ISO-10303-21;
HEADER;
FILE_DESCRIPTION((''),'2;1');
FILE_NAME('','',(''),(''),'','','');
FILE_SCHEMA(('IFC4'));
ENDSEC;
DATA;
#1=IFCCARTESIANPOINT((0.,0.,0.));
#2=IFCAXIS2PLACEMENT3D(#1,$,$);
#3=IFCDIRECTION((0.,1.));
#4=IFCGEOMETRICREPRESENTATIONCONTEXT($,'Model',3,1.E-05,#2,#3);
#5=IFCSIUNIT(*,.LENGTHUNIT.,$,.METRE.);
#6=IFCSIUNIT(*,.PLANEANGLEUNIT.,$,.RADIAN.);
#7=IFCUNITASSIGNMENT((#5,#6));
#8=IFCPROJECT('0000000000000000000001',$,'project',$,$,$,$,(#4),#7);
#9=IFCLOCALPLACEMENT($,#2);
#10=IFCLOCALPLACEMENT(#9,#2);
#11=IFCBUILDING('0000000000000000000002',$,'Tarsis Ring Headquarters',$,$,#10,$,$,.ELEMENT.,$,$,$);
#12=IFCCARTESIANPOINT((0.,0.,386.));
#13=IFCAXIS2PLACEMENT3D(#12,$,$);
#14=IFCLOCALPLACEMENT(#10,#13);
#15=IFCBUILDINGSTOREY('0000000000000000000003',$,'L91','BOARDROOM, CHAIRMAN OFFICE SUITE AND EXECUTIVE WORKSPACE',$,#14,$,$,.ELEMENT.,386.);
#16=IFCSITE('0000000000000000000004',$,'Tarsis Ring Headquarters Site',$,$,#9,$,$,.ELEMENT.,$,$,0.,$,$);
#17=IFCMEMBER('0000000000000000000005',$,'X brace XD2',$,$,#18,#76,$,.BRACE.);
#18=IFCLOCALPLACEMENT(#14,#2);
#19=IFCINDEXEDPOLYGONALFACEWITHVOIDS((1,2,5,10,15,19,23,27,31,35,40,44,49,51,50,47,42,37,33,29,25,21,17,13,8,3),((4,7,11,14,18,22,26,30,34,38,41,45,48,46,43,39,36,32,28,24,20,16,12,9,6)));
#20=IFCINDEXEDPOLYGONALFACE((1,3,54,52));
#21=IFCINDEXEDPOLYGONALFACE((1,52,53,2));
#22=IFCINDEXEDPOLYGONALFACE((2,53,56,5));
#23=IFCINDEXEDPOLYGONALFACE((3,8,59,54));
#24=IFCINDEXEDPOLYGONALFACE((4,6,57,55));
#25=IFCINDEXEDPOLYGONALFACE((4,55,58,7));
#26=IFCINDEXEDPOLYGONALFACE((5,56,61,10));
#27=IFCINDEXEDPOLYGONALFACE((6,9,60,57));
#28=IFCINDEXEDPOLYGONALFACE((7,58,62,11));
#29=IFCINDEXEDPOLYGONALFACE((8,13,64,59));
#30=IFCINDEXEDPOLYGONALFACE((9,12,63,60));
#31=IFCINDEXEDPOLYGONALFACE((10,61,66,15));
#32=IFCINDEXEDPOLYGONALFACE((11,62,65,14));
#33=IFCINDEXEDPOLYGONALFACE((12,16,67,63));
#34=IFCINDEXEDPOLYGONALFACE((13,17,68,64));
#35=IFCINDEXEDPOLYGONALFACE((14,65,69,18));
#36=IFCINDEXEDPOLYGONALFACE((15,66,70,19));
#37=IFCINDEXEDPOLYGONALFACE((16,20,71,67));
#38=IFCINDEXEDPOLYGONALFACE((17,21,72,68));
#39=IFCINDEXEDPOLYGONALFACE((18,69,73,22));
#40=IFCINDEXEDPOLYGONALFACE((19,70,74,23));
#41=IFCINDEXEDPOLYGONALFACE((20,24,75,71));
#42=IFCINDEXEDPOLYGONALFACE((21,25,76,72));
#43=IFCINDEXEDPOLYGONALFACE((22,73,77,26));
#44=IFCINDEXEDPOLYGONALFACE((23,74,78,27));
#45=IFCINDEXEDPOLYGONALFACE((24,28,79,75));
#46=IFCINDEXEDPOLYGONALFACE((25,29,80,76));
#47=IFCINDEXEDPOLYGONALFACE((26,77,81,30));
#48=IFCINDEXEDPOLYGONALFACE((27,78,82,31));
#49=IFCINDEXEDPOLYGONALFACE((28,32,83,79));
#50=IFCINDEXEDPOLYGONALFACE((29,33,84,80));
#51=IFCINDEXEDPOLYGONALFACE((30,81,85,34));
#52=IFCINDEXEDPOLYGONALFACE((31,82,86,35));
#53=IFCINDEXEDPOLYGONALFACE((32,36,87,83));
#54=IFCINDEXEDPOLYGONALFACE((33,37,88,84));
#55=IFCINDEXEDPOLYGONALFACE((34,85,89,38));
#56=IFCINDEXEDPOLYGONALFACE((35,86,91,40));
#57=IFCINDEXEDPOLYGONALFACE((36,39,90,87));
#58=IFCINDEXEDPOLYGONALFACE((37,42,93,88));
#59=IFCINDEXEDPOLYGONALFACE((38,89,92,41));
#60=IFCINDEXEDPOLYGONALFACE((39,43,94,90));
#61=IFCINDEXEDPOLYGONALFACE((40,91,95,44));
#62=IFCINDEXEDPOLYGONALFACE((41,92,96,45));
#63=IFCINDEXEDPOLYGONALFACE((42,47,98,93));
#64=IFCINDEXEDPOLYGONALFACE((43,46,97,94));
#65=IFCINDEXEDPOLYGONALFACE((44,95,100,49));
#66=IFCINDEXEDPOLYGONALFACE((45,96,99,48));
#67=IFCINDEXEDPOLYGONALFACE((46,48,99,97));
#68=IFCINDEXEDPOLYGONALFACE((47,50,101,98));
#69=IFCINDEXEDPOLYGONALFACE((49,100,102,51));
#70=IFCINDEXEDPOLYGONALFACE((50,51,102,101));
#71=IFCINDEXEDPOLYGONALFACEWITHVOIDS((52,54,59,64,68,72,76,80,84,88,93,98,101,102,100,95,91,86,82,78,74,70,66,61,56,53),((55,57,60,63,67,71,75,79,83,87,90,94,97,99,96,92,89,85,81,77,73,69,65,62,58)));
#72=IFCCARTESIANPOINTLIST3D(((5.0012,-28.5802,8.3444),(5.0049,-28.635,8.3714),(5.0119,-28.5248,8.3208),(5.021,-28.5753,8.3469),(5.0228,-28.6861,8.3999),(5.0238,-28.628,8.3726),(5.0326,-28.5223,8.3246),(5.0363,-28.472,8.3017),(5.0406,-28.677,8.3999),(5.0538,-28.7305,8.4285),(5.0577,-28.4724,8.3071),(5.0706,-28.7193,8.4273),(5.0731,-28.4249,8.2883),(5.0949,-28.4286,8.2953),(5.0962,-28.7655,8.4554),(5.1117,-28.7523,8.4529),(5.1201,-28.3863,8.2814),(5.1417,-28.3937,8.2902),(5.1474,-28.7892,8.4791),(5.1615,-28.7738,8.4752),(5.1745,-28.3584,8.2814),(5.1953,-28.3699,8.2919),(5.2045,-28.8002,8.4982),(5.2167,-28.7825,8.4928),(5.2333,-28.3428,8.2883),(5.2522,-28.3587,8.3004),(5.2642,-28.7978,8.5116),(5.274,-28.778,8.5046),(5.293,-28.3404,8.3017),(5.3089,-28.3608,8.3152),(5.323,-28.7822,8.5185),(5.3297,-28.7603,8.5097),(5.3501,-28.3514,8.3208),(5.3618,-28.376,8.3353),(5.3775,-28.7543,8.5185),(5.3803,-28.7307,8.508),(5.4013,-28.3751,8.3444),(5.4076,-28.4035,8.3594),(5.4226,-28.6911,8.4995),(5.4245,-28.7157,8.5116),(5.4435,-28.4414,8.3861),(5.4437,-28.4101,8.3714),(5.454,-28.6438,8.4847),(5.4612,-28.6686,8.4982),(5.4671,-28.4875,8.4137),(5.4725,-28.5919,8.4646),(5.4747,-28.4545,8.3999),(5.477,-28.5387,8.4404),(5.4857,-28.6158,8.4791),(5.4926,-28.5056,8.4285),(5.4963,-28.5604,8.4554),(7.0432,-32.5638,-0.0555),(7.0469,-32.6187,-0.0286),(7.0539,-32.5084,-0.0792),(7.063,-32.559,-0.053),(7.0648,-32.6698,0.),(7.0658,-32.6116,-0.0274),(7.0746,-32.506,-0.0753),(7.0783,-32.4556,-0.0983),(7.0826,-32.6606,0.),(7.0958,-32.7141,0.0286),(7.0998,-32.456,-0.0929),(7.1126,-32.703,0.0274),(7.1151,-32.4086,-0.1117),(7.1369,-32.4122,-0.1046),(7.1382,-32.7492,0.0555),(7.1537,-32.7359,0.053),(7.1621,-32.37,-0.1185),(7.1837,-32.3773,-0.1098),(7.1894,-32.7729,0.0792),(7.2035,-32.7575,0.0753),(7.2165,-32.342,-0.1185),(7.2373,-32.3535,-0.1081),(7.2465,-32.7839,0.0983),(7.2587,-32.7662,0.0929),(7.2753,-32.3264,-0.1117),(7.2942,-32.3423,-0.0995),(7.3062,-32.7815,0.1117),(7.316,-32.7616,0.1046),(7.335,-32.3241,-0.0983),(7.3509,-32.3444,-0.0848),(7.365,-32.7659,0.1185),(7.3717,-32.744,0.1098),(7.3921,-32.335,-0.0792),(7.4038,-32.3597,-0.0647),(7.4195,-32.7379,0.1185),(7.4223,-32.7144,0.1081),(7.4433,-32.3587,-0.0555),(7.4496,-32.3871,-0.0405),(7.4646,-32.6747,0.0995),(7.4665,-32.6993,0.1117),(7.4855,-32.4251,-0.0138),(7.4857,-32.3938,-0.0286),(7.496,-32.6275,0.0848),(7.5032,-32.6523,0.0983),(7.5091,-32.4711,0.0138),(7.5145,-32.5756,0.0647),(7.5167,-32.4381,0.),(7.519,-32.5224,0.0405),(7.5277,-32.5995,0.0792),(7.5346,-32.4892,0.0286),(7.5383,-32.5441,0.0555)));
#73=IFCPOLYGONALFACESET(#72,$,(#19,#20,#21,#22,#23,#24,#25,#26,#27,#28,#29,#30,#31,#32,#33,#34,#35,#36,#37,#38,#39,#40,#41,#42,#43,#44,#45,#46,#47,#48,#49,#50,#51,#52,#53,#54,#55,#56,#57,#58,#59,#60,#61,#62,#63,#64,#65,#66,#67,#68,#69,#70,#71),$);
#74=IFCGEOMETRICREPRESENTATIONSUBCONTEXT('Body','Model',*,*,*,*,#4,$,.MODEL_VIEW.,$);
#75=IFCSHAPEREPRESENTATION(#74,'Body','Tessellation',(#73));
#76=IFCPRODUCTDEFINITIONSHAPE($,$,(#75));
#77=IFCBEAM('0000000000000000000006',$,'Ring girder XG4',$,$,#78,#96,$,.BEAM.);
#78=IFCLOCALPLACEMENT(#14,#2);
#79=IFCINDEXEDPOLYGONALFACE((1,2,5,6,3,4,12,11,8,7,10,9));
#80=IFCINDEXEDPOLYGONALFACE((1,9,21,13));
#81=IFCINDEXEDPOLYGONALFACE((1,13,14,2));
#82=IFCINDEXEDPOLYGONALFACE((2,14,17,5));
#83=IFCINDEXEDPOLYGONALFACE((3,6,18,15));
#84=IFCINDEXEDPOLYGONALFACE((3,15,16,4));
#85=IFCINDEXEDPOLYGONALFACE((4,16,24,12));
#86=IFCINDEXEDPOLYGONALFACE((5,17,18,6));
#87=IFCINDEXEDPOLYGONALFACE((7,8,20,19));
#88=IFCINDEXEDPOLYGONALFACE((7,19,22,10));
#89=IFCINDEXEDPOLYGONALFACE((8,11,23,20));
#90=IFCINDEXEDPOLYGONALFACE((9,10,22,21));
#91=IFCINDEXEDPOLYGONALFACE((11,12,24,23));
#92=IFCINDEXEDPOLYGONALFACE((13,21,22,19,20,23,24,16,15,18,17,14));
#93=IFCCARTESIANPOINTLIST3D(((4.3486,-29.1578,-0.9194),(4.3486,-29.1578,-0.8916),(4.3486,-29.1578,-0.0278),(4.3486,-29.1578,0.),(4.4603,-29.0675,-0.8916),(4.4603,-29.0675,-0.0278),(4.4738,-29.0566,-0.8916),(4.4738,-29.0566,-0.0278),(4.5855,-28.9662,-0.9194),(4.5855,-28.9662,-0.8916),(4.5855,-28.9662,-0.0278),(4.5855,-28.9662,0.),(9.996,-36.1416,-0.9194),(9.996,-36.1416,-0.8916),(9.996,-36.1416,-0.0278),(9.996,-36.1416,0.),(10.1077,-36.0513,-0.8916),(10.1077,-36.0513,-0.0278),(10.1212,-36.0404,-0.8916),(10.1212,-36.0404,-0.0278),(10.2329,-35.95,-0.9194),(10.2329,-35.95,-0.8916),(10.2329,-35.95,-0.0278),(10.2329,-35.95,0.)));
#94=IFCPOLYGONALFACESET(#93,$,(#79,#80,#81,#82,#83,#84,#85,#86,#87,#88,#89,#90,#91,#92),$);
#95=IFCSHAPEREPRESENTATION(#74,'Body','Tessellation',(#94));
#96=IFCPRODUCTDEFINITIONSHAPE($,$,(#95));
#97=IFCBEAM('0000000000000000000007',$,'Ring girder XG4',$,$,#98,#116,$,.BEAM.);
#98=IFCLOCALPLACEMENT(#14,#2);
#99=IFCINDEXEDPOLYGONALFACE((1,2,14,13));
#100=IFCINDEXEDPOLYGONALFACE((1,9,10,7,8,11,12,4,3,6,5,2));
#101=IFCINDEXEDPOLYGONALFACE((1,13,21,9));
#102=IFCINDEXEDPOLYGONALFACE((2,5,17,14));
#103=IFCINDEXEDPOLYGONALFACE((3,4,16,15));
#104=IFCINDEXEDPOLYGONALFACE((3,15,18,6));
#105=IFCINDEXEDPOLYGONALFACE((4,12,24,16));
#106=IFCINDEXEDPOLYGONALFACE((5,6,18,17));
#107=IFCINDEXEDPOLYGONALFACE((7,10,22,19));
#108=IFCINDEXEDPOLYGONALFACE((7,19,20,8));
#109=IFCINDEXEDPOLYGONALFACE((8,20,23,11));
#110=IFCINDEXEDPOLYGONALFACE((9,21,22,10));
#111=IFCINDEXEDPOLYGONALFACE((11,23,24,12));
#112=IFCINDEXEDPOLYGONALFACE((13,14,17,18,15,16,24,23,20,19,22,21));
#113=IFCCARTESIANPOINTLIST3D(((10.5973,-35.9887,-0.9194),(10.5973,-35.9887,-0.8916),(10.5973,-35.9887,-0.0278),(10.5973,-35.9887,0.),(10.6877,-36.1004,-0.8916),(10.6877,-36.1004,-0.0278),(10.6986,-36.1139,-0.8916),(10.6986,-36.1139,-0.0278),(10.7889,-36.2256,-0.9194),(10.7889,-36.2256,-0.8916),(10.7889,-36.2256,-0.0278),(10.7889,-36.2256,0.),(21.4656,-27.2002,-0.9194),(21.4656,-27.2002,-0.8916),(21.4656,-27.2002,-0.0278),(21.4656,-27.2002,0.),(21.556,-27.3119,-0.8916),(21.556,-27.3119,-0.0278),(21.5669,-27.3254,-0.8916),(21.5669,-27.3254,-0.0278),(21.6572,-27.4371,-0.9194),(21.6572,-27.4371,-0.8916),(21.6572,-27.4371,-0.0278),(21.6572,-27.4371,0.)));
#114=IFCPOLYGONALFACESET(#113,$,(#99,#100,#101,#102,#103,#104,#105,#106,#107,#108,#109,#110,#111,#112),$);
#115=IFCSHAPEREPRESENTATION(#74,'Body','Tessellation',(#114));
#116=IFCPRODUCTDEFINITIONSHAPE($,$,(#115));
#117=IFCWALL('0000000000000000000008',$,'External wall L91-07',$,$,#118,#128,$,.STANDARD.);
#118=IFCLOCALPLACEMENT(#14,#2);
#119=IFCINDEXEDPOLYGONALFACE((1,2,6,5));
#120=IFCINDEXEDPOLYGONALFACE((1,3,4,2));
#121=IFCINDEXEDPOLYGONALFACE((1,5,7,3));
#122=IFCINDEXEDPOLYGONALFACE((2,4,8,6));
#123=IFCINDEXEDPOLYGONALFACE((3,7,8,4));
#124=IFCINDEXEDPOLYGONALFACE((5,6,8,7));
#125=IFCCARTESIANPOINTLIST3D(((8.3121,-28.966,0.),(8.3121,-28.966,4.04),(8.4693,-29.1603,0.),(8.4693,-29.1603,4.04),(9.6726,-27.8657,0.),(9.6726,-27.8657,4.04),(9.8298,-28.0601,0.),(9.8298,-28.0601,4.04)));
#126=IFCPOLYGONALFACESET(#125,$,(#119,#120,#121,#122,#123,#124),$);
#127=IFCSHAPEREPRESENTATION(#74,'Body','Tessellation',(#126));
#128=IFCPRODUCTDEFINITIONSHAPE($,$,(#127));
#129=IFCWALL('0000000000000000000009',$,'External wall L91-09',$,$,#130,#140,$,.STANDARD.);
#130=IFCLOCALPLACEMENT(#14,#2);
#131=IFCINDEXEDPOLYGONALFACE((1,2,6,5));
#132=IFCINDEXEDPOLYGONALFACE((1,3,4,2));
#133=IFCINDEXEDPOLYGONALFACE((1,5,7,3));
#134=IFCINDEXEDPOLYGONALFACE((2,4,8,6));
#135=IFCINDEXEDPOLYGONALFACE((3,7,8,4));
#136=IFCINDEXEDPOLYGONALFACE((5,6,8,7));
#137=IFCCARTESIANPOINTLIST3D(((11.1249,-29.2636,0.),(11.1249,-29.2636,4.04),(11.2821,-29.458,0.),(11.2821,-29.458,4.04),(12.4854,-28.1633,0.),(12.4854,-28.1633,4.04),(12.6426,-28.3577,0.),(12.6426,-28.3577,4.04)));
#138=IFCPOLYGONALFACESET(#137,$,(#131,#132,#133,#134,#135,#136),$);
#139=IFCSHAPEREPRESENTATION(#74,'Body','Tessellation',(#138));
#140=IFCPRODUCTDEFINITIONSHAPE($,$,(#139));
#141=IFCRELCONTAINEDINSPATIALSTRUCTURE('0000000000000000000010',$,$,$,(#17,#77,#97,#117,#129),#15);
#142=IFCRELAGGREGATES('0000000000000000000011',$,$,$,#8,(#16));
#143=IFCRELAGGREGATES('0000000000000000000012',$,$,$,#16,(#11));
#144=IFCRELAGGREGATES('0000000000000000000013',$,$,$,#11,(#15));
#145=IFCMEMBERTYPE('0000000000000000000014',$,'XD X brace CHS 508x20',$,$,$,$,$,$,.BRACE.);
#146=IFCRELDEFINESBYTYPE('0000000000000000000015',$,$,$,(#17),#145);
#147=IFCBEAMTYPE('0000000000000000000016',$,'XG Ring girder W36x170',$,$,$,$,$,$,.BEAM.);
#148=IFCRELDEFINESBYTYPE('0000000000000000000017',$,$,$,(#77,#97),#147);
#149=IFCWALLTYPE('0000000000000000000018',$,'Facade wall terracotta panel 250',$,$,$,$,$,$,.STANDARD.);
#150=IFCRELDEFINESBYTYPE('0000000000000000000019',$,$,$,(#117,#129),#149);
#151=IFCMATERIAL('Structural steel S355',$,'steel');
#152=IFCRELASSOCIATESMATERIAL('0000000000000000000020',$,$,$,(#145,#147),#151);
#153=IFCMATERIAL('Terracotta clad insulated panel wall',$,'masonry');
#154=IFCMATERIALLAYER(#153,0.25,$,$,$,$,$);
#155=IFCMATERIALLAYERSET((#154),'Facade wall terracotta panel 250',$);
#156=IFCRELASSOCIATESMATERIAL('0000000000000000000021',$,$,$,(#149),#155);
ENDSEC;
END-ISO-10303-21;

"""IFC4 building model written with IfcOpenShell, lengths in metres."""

from ifc_helpers import new_model, si_unit, direction, frame, frame_2d, origin, origin_2d, place, context, subcontext, project, spatial, rectangle, hollow_circle, i_section, extrude, material, layer, layer_set, material_profile, profile_set, type_object, element, save


model = new_model("IFC4")

# Units and contexts
model_context = context("Model", 3, precision=1e-05, world=origin(), true_north=direction((0.0, 1.0)))
body_context = subcontext(model_context, "Body", "Model", "MODEL_VIEW")
ifc_project = project(units=[si_unit("LENGTHUNIT", "METRE"), si_unit("PLANEANGLEUNIT", "RADIAN")], contexts=[model_context])

# Site, building, storey
site_placement = place(None, origin())
site = spatial("IfcSite", under=ifc_project, at=site_placement, Name="Tarsis Ring Headquarters Site", CompositionType="ELEMENT", RefElevation=0.0)
building_placement = place(site_placement, origin())
building = spatial("IfcBuilding", under=site, at=building_placement, Name="Tarsis Ring Headquarters", CompositionType="ELEMENT")
storey_placement = place(building_placement, frame((0.0, 0.0, 386.0)))
storey = spatial("IfcBuildingStorey", under=building, at=storey_placement, Name="L91", Description="BOARDROOM, CHAIRMAN OFFICE SUITE AND EXECUTIVE WORKSPACE", CompositionType="ELEMENT", Elevation=386.0)

# Shared definitions
ifc_material_1 = material(Name="Structural steel S355", Category="steel")

# Member
ifc_material_profile_1 = material_profile(ifc_material_1, hollow_circle(Radius=0.2539, WallThickness=0.02, at=origin_2d()), Name="CHS 508x20")
ifc_profile_set_1 = profile_set([ifc_material_profile_1], Name="Structural steel S355")
member_type_1 = type_object("IfcMemberType", Name="XD X brace CHS 508x20", PredefinedType="BRACE", material=ifc_profile_set_1)
member_1_placement = place(storey_placement, frame((7.2908, -32.554, 0.0), z_axis=(-0.214534, 0.418526, 0.882503), x_axis=(-0.889899, -0.456157, 0.0)))
element("IfcMember", 1, at=member_1_placement, inside=storey, type_object=member_type_1, Name="X brace XD2", PredefinedType="BRACE", context=body_context, shape_type="SweptSolid", body=[
    extrude(hollow_circle(Radius=0.2539, WallThickness=0.02, at=origin_2d()), origin(), (0.0, 0.0, 1.0), 9.5183),
])

# Beams
ifc_material_profile_2 = material_profile(ifc_material_1, i_section(OverallWidth=0.3047, OverallDepth=0.9194, WebThickness=0.0173, FlangeThickness=0.0278, at=origin_2d()), Name="W36x170")
ifc_profile_set_2 = profile_set([ifc_material_profile_2], Name="Structural steel S355")
beam_type_1 = type_object("IfcBeamType", Name="XG Ring girder W36x170", PredefinedType="BEAM", material=ifc_profile_set_2)
beam_1_placement = place(storey_placement, frame((4.467, -29.062, -0.4597), z_axis=(0.628784, -0.77758, 0.0), x_axis=(0.77758, 0.628784, 0.0)))
element("IfcBeam", 2, at=beam_1_placement, inside=storey, type_object=beam_type_1, Name="Ring girder XG4", PredefinedType="BEAM", context=body_context, shape_type="SweptSolid", body=[
    extrude(i_section(OverallWidth=0.3047, OverallDepth=0.9194, WebThickness=0.0173, FlangeThickness=0.0278, at=origin_2d()), origin(), (0.0, 0.0, 1.0), 8.9814),
])
beam_2_placement = place(storey_placement, frame((10.6931, -36.1072, -0.4597), z_axis=(0.777583, 0.628781, 0.0), x_axis=(-0.628781, 0.777583, 0.0)))
element("IfcBeam", 3, at=beam_2_placement, inside=storey, type_object=beam_type_1, Name="Ring girder XG4", PredefinedType="BEAM", context=body_context, shape_type="SweptSolid", body=[
    extrude(i_section(OverallWidth=0.3047, OverallDepth=0.9194, WebThickness=0.0173, FlangeThickness=0.0278, at=origin_2d()), origin(), (0.0, 0.0, 1.0), 13.9771),
])

# Walls
ifc_material_2 = material(Name="Terracotta clad insulated panel wall", Category="masonry")
ifc_layer_1 = layer(ifc_material_2, 0.25)
ifc_layer_set_1 = layer_set([ifc_layer_1], Name="Facade wall terracotta panel 250")
wall_type = type_object("IfcWallType", Name="Facade wall terracotta panel 250", PredefinedType="STANDARD", material=ifc_layer_set_1)
for number, where, z_axis, x_axis, name in (
    (4, (8.3906, -29.0632, 0.0), (0.0, 0.0, 1.0), (0.77755, 0.628821, 0.0), "External wall L91-07"),
    (5, (11.2034, -29.3608, 0.0), (0.0, 0.0, 1.0), (0.77755, 0.628821, 0.0), "External wall L91-09"),
):
    element("IfcWall", number, at=place(storey_placement, frame(where, z_axis=z_axis, x_axis=x_axis)), inside=storey, type_object=wall_type, Name=name, PredefinedType="STANDARD", context=body_context, shape_type="SweptSolid", body=[
        extrude(rectangle(XDim=1.7498, YDim=0.25, at=frame_2d((0.875, 0.0))), origin(), (0.0, 0.0, 1.0), 4.04),
    ])

save(model, "model.ifc")
